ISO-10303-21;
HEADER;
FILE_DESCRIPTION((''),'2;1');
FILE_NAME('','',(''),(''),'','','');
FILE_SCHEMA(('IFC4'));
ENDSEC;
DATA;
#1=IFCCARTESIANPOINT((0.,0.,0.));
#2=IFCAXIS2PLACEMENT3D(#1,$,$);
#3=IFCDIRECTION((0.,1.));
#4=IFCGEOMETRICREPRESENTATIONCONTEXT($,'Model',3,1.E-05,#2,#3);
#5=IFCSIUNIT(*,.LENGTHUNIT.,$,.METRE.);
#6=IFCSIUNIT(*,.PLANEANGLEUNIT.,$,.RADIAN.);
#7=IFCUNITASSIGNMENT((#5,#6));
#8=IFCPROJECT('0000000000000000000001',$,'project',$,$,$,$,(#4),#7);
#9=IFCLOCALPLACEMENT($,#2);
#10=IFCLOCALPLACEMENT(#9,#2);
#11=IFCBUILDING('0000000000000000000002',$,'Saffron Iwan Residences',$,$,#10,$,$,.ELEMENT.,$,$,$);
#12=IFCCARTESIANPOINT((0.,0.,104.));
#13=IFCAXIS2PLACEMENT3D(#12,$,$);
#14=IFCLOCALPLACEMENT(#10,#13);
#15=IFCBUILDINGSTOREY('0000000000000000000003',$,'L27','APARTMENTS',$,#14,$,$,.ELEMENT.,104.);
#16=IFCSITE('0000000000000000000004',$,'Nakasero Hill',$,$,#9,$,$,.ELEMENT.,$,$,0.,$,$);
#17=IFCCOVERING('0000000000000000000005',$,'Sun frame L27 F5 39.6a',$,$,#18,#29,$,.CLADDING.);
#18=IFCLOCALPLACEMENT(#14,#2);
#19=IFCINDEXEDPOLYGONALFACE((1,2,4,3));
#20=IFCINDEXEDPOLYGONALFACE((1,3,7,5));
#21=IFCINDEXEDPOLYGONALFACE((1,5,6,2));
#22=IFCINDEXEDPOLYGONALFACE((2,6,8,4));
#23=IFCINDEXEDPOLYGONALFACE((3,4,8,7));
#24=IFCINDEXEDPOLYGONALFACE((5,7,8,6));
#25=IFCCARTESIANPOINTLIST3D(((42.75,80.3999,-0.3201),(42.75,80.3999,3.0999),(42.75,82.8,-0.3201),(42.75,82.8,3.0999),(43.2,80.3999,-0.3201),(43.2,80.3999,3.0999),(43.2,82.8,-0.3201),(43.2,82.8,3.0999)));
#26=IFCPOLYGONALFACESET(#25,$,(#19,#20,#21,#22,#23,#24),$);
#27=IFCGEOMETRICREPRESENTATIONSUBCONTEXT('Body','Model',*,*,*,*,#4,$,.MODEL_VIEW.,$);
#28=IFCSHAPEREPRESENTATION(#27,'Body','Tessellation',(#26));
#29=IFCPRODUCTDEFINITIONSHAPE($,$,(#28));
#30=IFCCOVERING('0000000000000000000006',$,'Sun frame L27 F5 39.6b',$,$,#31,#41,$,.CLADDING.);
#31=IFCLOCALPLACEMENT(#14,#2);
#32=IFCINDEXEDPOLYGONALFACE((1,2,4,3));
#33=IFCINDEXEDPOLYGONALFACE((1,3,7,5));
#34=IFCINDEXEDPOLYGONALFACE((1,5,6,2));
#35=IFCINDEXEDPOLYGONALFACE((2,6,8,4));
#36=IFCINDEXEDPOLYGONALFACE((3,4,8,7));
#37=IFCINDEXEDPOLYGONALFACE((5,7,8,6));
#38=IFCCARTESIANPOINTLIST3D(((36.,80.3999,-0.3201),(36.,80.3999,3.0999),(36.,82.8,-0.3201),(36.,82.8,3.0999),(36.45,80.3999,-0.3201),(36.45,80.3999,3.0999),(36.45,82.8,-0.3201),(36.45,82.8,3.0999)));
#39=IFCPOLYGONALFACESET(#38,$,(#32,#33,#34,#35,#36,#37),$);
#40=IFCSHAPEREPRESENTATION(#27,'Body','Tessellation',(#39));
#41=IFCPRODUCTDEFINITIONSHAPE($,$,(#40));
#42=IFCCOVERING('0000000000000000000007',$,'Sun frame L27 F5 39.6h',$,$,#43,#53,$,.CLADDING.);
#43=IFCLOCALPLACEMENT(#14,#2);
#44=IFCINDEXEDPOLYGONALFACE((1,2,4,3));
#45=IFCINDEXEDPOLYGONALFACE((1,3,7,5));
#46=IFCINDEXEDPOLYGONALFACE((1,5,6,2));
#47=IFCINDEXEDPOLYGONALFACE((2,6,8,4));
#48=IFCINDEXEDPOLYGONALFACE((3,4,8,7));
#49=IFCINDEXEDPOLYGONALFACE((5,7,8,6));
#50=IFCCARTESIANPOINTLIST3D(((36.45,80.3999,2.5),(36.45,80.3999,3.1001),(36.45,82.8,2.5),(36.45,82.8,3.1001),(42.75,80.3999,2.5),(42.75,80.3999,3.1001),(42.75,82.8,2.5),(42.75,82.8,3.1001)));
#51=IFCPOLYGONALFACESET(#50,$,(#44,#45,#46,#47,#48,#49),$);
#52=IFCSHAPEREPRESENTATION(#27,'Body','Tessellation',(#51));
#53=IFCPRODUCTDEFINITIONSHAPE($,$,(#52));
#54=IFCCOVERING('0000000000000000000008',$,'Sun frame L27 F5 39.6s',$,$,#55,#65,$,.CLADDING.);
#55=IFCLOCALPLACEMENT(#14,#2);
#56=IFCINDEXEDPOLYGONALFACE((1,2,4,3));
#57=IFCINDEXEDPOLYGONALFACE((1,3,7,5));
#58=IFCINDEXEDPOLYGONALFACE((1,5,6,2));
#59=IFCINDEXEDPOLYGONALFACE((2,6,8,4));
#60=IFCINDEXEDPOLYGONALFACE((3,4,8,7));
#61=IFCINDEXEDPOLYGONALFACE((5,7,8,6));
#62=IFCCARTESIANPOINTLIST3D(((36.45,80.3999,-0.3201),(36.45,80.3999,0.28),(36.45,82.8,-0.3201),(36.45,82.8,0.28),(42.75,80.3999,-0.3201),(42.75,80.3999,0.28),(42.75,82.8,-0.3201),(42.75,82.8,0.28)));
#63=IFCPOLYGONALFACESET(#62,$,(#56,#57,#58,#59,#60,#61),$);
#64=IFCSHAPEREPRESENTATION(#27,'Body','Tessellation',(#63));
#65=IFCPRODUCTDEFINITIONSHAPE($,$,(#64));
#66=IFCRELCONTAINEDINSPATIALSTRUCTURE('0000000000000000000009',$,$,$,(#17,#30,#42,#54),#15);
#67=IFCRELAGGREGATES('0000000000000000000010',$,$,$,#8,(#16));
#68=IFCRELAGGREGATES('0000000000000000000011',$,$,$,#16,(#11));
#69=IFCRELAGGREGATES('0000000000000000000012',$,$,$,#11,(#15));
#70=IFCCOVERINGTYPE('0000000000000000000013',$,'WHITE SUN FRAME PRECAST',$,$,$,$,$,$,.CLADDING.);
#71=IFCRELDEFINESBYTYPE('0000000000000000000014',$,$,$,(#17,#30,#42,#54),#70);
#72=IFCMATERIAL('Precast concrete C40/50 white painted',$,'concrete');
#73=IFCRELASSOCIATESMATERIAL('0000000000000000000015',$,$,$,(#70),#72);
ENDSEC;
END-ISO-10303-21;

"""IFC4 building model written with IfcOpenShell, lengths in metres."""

from ifc_helpers import new_model, si_unit, direction, frame, origin, place, context, subcontext, project, spatial, polyline, outline, extrude, material, type_object, element, save


model = new_model("IFC4")

# Units and contexts
model_context = context("Model", 3, precision=1e-05, world=origin(), true_north=direction((0.0, 1.0)))
body_context = subcontext(model_context, "Body", "Model", "MODEL_VIEW")
ifc_project = project(units=[si_unit("LENGTHUNIT", "METRE"), si_unit("PLANEANGLEUNIT", "RADIAN")], contexts=[model_context])

# Site, building, storey
site_placement = place(None, origin())
site = spatial("IfcSite", under=ifc_project, at=site_placement, Name="Nakasero Hill", CompositionType="ELEMENT", RefElevation=0.0)
building_placement = place(site_placement, origin())
building = spatial("IfcBuilding", under=site, at=building_placement, Name="Saffron Iwan Residences", CompositionType="ELEMENT")
storey_placement = place(building_placement, frame((0.0, 0.0, 104.0)))
storey = spatial("IfcBuildingStorey", under=building, at=storey_placement, Name="L27", Description="APARTMENTS", CompositionType="ELEMENT", Elevation=104.0)

# Coverings
ifc_material_1 = material(Name="Precast concrete C40/50 white painted", Category="concrete")
covering_type_1 = type_object("IfcCoveringType", Name="WHITE SUN FRAME PRECAST", PredefinedType="CLADDING", material=ifc_material_1)
for number, where, z_axis, x_axis, name in (
    (1, (43.2, 80.3999, -0.3201), (0.0, 1.0, 0.0), (-1.0, 0.0, 0.0), "Sun frame L27 F5 39.6a"),
    (2, (36.45, 80.3999, -0.3201), (0.0, 1.0, 0.0), (-1.0, 0.0, 0.0), "Sun frame L27 F5 39.6b"),
):
    element("IfcCovering", number, at=place(storey_placement, frame(where, z_axis=z_axis, x_axis=x_axis)), inside=storey, type_object=covering_type_1, Name=name, PredefinedType="CLADDING", context=body_context, shape_type="SweptSolid", body=[
        extrude(outline(polyline([(0.0, 0.0), (0.45, 0.0), (0.45, 3.4199), (0.0, 3.4199), (0.0, 0.0)])), origin(), (0.0, 0.0, 1.0), 2.4001),
    ])
for number, where, z_axis, x_axis, name in (
    (3, (42.75, 80.3999, 2.5), (0.0, 1.0, 0.0), (-1.0, 0.0, 0.0), "Sun frame L27 F5 39.6h"),
    (4, (42.75, 80.3999, -0.3201), (0.0, 1.0, 0.0), (-1.0, 0.0, 0.0), "Sun frame L27 F5 39.6s"),
):
    element("IfcCovering", number, at=place(storey_placement, frame(where, z_axis=z_axis, x_axis=x_axis)), inside=storey, type_object=covering_type_1, Name=name, PredefinedType="CLADDING", context=body_context, shape_type="SweptSolid", body=[
        extrude(outline(polyline([(0.0, 0.0), (6.3, 0.0), (6.3, 0.6001), (0.0, 0.6001), (0.0, 0.0)])), origin(), (0.0, 0.0, 1.0), 2.4001),
    ])

save(model, "model.ifc")
